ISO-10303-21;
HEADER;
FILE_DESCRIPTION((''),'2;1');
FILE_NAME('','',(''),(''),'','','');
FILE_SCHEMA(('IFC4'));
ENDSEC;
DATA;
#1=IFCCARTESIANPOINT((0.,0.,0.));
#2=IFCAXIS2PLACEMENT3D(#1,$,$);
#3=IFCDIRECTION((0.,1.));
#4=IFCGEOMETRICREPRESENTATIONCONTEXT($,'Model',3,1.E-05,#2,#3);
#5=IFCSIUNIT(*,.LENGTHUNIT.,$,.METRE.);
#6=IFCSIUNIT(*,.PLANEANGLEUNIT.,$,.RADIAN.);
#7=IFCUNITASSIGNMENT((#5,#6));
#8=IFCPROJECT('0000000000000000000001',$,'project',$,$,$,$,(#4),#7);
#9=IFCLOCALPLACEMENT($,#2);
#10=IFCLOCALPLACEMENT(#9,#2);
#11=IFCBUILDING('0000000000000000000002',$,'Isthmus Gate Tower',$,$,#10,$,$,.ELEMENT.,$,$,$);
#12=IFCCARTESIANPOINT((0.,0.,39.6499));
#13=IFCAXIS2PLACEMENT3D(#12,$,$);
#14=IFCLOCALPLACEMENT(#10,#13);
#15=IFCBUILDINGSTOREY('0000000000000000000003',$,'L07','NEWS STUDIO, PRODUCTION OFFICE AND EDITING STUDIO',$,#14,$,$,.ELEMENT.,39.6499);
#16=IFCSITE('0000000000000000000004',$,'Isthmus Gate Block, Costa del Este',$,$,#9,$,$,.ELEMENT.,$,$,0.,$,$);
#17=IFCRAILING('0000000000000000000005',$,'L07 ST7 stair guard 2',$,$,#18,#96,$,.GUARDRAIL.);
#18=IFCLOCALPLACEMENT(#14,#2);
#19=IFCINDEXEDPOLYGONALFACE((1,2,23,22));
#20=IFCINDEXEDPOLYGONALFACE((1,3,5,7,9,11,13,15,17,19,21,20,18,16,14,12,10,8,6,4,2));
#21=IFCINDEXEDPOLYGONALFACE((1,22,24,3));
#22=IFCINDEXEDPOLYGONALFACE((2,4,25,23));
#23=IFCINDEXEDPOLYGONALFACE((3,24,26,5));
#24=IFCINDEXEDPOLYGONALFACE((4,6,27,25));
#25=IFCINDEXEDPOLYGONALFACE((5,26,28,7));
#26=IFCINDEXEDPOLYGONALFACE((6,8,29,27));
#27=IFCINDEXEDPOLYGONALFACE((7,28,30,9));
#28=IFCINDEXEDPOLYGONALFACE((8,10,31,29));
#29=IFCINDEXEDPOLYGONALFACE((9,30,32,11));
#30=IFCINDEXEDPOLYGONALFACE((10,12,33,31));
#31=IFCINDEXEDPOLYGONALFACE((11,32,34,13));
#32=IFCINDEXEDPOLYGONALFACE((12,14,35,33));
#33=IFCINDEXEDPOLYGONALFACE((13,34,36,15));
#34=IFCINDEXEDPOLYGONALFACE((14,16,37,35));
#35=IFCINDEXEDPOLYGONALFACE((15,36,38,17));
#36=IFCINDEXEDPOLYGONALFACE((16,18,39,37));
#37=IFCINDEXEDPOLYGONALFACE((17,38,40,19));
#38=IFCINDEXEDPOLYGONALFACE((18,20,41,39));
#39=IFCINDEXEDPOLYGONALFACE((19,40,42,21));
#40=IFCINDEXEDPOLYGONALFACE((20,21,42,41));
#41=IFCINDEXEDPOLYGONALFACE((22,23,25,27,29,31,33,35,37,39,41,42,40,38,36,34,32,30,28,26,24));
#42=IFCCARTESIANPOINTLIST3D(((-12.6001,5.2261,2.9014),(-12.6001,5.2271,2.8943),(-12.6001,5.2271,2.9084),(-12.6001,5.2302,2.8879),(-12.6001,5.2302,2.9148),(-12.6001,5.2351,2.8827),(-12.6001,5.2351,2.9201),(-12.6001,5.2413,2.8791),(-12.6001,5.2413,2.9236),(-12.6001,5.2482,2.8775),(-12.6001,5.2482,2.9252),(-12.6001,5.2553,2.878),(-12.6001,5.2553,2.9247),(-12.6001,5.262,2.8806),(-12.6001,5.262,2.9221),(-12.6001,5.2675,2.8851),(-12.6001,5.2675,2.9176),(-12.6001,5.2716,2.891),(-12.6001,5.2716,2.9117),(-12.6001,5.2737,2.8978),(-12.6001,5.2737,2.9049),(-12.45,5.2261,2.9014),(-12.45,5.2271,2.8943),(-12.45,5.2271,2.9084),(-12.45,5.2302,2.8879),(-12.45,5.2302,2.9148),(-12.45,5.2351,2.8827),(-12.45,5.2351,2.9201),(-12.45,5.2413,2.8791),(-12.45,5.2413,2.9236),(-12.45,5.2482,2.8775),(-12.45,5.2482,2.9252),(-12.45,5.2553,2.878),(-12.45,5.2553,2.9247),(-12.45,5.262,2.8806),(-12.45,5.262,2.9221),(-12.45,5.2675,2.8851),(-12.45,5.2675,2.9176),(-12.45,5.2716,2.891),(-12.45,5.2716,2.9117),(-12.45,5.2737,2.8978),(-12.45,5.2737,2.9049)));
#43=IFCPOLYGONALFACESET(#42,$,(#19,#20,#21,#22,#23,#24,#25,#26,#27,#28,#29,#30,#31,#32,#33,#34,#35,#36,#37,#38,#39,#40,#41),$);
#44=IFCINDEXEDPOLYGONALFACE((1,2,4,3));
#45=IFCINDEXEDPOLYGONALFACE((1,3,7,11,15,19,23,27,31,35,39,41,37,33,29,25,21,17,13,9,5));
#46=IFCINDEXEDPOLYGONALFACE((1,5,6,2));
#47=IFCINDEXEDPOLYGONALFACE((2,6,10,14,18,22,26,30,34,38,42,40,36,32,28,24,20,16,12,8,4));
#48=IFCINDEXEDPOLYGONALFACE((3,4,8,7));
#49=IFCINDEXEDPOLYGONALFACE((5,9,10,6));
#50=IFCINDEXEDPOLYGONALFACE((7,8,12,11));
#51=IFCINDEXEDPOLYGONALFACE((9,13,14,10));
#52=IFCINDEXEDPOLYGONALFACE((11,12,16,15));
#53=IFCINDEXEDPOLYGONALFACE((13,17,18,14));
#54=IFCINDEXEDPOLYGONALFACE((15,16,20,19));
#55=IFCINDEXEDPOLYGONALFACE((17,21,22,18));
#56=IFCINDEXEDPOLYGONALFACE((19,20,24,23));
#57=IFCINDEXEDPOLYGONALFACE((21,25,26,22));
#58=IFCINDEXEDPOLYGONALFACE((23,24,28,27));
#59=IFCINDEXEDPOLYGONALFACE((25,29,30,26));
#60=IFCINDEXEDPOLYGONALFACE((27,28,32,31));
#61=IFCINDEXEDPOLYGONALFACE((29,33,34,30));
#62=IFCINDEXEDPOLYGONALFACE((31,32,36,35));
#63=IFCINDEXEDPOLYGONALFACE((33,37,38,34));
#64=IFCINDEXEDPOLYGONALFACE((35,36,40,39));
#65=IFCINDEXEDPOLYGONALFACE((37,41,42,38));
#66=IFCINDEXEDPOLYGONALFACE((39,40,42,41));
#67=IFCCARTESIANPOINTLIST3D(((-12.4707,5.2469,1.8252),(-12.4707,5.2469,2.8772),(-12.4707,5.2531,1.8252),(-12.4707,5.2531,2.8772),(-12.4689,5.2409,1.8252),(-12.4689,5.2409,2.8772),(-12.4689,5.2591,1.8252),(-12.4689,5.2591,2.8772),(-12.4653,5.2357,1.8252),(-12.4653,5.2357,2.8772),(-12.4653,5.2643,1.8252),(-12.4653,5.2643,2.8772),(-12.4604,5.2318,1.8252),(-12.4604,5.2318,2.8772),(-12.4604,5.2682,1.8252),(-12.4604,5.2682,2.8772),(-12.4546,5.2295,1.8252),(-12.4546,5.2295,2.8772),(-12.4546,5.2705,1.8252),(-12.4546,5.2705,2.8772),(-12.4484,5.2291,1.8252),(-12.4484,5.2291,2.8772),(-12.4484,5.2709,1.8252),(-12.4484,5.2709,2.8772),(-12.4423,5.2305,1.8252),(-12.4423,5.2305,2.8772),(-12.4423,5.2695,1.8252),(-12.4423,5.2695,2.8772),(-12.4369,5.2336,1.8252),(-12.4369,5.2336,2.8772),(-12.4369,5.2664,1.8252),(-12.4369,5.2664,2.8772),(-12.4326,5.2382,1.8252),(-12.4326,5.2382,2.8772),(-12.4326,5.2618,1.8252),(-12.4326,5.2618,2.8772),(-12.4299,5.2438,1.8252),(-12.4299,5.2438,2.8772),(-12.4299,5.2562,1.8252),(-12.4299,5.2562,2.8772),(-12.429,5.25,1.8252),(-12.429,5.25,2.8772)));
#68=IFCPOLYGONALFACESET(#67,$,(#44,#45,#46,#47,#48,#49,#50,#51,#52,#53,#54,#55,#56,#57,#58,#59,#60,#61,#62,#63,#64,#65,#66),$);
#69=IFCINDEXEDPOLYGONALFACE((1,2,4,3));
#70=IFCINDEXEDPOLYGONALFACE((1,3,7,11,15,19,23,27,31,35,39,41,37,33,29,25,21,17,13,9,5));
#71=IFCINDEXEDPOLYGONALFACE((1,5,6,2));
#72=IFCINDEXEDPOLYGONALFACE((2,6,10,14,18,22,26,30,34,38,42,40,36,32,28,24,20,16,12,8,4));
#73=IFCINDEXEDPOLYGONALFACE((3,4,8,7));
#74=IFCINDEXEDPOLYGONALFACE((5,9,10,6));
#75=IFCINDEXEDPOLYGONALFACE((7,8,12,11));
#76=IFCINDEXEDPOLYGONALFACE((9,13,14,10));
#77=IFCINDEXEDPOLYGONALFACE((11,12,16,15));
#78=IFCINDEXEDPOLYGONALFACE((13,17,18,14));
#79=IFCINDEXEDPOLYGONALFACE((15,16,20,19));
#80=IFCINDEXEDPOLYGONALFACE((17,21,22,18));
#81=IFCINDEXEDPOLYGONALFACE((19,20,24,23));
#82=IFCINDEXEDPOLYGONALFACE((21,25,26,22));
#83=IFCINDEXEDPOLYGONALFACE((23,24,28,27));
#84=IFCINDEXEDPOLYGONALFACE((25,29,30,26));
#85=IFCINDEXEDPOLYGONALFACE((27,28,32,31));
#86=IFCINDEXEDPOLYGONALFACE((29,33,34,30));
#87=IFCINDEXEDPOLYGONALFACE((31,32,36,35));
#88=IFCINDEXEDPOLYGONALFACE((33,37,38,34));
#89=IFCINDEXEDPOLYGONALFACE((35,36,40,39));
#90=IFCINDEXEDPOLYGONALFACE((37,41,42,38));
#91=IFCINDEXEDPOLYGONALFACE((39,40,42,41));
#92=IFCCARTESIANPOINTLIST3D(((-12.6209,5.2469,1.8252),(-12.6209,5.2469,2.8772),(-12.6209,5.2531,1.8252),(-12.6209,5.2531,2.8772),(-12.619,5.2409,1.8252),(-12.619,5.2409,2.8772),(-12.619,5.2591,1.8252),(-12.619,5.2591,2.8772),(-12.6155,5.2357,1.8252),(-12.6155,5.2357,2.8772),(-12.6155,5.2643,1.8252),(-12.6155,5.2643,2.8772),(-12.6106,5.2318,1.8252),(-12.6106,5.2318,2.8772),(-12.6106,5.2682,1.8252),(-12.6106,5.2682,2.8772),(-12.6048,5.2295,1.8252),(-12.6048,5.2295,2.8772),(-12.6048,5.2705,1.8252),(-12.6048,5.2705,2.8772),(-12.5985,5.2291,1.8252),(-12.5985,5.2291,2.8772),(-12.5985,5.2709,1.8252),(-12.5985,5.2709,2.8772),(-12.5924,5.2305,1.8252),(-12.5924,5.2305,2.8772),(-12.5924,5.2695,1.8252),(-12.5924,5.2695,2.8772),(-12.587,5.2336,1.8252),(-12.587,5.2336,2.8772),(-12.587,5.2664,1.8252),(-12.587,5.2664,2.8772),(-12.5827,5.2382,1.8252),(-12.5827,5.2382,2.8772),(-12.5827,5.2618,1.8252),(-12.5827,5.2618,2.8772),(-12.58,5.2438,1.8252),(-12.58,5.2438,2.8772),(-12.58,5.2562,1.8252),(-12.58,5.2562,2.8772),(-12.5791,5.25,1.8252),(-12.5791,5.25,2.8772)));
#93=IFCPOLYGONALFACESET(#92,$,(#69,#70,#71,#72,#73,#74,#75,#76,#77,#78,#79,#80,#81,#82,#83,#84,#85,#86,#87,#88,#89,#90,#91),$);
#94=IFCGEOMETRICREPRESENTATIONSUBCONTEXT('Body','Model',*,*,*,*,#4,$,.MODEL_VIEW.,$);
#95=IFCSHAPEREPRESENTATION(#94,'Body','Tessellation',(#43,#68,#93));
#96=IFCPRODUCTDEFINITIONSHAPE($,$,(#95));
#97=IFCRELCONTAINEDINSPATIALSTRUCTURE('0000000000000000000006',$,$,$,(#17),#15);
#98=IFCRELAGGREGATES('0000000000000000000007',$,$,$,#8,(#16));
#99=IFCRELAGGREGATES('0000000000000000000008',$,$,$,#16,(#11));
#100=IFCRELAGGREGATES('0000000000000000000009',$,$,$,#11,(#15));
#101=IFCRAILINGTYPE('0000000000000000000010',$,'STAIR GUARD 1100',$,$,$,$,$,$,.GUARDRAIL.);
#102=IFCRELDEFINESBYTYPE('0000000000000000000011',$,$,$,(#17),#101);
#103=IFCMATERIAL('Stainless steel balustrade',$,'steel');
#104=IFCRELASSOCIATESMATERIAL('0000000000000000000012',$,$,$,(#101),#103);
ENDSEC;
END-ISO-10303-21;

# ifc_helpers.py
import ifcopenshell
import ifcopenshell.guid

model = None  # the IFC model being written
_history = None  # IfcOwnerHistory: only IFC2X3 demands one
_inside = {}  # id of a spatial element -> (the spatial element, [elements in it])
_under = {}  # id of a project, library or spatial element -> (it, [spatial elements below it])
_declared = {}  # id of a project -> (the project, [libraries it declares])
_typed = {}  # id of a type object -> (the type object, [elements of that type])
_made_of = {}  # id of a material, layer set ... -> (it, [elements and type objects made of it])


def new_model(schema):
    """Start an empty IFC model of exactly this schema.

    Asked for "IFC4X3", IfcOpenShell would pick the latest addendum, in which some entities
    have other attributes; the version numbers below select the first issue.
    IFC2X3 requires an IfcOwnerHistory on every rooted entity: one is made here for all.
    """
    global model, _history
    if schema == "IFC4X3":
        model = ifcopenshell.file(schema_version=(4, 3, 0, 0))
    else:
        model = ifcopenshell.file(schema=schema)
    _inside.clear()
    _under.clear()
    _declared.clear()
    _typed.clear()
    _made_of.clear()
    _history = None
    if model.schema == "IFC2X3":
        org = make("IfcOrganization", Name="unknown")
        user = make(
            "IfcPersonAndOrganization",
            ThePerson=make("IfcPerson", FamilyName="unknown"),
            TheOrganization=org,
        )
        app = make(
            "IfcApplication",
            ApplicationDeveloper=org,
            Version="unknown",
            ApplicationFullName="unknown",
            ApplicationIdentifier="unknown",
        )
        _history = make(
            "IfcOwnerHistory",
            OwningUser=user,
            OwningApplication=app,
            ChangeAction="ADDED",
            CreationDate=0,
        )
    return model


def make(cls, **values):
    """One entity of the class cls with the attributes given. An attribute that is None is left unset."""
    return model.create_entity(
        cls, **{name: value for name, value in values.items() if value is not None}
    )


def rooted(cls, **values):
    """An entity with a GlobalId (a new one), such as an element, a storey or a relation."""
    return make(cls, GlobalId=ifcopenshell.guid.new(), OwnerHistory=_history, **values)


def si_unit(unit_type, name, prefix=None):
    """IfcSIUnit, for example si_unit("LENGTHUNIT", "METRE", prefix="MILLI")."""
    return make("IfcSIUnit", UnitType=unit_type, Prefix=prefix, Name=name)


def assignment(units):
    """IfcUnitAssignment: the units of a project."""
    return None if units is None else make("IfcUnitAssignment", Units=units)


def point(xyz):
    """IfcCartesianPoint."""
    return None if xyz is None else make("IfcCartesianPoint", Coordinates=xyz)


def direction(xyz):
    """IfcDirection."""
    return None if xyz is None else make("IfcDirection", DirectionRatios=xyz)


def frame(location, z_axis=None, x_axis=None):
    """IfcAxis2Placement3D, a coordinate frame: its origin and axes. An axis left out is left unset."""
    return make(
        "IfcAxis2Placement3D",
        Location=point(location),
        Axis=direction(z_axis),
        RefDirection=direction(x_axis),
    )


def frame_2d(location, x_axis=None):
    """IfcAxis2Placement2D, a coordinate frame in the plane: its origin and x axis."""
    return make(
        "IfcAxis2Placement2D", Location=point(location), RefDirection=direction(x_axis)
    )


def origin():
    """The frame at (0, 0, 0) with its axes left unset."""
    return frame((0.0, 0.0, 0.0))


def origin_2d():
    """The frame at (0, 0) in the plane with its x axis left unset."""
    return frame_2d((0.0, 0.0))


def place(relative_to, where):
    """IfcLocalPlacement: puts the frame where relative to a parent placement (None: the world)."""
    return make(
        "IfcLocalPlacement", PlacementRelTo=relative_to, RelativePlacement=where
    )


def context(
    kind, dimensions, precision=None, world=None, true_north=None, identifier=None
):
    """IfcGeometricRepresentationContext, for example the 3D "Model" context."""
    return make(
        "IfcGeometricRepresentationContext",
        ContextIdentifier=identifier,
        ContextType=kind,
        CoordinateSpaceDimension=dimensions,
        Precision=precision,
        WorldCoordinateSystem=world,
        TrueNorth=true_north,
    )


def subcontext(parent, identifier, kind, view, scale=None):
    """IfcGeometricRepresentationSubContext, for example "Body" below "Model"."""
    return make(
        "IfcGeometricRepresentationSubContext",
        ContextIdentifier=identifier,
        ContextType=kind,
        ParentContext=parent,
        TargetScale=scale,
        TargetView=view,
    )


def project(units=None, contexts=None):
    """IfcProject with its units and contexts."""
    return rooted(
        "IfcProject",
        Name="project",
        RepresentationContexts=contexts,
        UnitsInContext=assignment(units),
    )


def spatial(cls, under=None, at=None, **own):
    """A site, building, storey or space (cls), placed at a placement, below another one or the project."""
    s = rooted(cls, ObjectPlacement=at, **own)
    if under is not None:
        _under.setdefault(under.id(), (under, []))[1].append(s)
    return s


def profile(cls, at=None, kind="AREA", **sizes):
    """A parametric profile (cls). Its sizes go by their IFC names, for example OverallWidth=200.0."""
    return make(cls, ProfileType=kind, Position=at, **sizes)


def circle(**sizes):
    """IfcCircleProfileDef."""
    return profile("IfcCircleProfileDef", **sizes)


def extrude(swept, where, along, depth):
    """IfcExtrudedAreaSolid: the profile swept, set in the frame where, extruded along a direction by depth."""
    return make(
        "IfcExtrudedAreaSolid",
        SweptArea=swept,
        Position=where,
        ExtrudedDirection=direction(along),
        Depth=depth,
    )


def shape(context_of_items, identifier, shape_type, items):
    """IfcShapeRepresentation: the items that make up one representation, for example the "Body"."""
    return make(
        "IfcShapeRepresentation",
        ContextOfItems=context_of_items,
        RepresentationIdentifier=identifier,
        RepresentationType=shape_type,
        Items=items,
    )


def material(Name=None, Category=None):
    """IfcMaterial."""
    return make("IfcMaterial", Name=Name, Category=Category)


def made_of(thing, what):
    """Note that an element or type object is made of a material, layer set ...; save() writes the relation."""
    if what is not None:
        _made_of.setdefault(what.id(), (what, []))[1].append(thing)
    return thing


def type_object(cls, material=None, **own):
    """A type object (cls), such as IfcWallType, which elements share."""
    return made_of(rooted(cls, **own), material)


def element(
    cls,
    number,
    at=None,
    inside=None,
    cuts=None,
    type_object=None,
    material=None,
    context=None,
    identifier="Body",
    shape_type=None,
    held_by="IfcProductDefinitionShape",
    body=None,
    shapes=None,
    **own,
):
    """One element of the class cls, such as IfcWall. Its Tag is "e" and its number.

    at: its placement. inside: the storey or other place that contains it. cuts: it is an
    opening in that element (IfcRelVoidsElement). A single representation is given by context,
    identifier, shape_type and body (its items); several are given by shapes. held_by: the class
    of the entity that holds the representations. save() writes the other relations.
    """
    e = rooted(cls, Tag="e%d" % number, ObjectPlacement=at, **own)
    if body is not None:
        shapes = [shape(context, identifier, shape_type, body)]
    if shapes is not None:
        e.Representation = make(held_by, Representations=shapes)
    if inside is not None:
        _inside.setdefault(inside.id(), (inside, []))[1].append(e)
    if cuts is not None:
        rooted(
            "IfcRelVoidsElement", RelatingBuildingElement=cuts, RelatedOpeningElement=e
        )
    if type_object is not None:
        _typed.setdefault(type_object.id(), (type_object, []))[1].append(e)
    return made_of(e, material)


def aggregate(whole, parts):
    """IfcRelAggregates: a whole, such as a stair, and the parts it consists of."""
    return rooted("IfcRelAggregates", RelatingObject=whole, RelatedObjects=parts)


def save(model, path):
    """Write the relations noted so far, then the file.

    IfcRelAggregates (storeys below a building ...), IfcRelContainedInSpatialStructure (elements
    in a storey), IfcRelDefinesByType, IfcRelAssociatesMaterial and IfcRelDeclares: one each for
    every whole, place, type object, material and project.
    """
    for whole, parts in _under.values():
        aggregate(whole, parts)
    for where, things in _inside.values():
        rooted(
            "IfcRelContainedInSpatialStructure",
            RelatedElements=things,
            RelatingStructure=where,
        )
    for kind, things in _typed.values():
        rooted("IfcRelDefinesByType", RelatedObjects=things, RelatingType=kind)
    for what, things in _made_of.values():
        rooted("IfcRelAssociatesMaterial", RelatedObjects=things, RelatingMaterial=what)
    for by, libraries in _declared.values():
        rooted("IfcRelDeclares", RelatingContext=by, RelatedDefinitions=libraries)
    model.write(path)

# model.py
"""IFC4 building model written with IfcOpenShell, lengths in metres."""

from ifc_helpers import new_model, si_unit, direction, frame, origin, origin_2d, place, context, subcontext, project, spatial, circle, extrude, material, type_object, element, save


model = new_model("IFC4")

# Units and contexts
model_context = context("Model", 3, precision=1e-05, world=origin(), true_north=direction((0.0, 1.0)))
body_context = subcontext(model_context, "Body", "Model", "MODEL_VIEW")
ifc_project = project(units=[si_unit("LENGTHUNIT", "METRE"), si_unit("PLANEANGLEUNIT", "RADIAN")], contexts=[model_context])

# Site, building, storey
site_placement = place(None, origin())
site = spatial("IfcSite", under=ifc_project, at=site_placement, Name="Isthmus Gate Block, Costa del Este", CompositionType="ELEMENT", RefElevation=0.0)
building_placement = place(site_placement, origin())
building = spatial("IfcBuilding", under=site, at=building_placement, Name="Isthmus Gate Tower", CompositionType="ELEMENT")
storey_placement = place(building_placement, frame((0.0, 0.0, 39.6499)))
storey = spatial("IfcBuildingStorey", under=building, at=storey_placement, Name="L07", Description="NEWS STUDIO, PRODUCTION OFFICE AND EDITING STUDIO", CompositionType="ELEMENT", Elevation=39.6499)

# Railing
ifc_material_1 = material(Name="Stainless steel balustrade", Category="steel")
railing_type_1 = type_object("IfcRailingType", Name="STAIR GUARD 1100", PredefinedType="GUARDRAIL", material=ifc_material_1)
railing_1_placement = place(storey_placement, frame((-12.45, 5.25, 1.8252)))
element("IfcRailing", 1, at=railing_1_placement, inside=storey, type_object=railing_type_1, Name="L07 ST7 stair guard 2", PredefinedType="GUARDRAIL", context=body_context, shape_type="SweptSolid", body=[
    extrude(circle(Radius=0.0239, at=origin_2d()), frame((0.0, 0.0, 1.0762), z_axis=(-1.0, 0.0, 0.0), x_axis=(0.0, -1.0, 0.0)), (0.0, 0.0, 1.0), 0.1501),
    extrude(circle(Radius=0.021, at=origin_2d()), origin(), (0.0, 0.0, 1.0), 1.052),
    extrude(circle(Radius=0.021, at=origin_2d()), frame((-0.1501, 0.0, 0.0)), (0.0, 0.0, 1.0), 1.052),
])

save(model, "model.ifc")
